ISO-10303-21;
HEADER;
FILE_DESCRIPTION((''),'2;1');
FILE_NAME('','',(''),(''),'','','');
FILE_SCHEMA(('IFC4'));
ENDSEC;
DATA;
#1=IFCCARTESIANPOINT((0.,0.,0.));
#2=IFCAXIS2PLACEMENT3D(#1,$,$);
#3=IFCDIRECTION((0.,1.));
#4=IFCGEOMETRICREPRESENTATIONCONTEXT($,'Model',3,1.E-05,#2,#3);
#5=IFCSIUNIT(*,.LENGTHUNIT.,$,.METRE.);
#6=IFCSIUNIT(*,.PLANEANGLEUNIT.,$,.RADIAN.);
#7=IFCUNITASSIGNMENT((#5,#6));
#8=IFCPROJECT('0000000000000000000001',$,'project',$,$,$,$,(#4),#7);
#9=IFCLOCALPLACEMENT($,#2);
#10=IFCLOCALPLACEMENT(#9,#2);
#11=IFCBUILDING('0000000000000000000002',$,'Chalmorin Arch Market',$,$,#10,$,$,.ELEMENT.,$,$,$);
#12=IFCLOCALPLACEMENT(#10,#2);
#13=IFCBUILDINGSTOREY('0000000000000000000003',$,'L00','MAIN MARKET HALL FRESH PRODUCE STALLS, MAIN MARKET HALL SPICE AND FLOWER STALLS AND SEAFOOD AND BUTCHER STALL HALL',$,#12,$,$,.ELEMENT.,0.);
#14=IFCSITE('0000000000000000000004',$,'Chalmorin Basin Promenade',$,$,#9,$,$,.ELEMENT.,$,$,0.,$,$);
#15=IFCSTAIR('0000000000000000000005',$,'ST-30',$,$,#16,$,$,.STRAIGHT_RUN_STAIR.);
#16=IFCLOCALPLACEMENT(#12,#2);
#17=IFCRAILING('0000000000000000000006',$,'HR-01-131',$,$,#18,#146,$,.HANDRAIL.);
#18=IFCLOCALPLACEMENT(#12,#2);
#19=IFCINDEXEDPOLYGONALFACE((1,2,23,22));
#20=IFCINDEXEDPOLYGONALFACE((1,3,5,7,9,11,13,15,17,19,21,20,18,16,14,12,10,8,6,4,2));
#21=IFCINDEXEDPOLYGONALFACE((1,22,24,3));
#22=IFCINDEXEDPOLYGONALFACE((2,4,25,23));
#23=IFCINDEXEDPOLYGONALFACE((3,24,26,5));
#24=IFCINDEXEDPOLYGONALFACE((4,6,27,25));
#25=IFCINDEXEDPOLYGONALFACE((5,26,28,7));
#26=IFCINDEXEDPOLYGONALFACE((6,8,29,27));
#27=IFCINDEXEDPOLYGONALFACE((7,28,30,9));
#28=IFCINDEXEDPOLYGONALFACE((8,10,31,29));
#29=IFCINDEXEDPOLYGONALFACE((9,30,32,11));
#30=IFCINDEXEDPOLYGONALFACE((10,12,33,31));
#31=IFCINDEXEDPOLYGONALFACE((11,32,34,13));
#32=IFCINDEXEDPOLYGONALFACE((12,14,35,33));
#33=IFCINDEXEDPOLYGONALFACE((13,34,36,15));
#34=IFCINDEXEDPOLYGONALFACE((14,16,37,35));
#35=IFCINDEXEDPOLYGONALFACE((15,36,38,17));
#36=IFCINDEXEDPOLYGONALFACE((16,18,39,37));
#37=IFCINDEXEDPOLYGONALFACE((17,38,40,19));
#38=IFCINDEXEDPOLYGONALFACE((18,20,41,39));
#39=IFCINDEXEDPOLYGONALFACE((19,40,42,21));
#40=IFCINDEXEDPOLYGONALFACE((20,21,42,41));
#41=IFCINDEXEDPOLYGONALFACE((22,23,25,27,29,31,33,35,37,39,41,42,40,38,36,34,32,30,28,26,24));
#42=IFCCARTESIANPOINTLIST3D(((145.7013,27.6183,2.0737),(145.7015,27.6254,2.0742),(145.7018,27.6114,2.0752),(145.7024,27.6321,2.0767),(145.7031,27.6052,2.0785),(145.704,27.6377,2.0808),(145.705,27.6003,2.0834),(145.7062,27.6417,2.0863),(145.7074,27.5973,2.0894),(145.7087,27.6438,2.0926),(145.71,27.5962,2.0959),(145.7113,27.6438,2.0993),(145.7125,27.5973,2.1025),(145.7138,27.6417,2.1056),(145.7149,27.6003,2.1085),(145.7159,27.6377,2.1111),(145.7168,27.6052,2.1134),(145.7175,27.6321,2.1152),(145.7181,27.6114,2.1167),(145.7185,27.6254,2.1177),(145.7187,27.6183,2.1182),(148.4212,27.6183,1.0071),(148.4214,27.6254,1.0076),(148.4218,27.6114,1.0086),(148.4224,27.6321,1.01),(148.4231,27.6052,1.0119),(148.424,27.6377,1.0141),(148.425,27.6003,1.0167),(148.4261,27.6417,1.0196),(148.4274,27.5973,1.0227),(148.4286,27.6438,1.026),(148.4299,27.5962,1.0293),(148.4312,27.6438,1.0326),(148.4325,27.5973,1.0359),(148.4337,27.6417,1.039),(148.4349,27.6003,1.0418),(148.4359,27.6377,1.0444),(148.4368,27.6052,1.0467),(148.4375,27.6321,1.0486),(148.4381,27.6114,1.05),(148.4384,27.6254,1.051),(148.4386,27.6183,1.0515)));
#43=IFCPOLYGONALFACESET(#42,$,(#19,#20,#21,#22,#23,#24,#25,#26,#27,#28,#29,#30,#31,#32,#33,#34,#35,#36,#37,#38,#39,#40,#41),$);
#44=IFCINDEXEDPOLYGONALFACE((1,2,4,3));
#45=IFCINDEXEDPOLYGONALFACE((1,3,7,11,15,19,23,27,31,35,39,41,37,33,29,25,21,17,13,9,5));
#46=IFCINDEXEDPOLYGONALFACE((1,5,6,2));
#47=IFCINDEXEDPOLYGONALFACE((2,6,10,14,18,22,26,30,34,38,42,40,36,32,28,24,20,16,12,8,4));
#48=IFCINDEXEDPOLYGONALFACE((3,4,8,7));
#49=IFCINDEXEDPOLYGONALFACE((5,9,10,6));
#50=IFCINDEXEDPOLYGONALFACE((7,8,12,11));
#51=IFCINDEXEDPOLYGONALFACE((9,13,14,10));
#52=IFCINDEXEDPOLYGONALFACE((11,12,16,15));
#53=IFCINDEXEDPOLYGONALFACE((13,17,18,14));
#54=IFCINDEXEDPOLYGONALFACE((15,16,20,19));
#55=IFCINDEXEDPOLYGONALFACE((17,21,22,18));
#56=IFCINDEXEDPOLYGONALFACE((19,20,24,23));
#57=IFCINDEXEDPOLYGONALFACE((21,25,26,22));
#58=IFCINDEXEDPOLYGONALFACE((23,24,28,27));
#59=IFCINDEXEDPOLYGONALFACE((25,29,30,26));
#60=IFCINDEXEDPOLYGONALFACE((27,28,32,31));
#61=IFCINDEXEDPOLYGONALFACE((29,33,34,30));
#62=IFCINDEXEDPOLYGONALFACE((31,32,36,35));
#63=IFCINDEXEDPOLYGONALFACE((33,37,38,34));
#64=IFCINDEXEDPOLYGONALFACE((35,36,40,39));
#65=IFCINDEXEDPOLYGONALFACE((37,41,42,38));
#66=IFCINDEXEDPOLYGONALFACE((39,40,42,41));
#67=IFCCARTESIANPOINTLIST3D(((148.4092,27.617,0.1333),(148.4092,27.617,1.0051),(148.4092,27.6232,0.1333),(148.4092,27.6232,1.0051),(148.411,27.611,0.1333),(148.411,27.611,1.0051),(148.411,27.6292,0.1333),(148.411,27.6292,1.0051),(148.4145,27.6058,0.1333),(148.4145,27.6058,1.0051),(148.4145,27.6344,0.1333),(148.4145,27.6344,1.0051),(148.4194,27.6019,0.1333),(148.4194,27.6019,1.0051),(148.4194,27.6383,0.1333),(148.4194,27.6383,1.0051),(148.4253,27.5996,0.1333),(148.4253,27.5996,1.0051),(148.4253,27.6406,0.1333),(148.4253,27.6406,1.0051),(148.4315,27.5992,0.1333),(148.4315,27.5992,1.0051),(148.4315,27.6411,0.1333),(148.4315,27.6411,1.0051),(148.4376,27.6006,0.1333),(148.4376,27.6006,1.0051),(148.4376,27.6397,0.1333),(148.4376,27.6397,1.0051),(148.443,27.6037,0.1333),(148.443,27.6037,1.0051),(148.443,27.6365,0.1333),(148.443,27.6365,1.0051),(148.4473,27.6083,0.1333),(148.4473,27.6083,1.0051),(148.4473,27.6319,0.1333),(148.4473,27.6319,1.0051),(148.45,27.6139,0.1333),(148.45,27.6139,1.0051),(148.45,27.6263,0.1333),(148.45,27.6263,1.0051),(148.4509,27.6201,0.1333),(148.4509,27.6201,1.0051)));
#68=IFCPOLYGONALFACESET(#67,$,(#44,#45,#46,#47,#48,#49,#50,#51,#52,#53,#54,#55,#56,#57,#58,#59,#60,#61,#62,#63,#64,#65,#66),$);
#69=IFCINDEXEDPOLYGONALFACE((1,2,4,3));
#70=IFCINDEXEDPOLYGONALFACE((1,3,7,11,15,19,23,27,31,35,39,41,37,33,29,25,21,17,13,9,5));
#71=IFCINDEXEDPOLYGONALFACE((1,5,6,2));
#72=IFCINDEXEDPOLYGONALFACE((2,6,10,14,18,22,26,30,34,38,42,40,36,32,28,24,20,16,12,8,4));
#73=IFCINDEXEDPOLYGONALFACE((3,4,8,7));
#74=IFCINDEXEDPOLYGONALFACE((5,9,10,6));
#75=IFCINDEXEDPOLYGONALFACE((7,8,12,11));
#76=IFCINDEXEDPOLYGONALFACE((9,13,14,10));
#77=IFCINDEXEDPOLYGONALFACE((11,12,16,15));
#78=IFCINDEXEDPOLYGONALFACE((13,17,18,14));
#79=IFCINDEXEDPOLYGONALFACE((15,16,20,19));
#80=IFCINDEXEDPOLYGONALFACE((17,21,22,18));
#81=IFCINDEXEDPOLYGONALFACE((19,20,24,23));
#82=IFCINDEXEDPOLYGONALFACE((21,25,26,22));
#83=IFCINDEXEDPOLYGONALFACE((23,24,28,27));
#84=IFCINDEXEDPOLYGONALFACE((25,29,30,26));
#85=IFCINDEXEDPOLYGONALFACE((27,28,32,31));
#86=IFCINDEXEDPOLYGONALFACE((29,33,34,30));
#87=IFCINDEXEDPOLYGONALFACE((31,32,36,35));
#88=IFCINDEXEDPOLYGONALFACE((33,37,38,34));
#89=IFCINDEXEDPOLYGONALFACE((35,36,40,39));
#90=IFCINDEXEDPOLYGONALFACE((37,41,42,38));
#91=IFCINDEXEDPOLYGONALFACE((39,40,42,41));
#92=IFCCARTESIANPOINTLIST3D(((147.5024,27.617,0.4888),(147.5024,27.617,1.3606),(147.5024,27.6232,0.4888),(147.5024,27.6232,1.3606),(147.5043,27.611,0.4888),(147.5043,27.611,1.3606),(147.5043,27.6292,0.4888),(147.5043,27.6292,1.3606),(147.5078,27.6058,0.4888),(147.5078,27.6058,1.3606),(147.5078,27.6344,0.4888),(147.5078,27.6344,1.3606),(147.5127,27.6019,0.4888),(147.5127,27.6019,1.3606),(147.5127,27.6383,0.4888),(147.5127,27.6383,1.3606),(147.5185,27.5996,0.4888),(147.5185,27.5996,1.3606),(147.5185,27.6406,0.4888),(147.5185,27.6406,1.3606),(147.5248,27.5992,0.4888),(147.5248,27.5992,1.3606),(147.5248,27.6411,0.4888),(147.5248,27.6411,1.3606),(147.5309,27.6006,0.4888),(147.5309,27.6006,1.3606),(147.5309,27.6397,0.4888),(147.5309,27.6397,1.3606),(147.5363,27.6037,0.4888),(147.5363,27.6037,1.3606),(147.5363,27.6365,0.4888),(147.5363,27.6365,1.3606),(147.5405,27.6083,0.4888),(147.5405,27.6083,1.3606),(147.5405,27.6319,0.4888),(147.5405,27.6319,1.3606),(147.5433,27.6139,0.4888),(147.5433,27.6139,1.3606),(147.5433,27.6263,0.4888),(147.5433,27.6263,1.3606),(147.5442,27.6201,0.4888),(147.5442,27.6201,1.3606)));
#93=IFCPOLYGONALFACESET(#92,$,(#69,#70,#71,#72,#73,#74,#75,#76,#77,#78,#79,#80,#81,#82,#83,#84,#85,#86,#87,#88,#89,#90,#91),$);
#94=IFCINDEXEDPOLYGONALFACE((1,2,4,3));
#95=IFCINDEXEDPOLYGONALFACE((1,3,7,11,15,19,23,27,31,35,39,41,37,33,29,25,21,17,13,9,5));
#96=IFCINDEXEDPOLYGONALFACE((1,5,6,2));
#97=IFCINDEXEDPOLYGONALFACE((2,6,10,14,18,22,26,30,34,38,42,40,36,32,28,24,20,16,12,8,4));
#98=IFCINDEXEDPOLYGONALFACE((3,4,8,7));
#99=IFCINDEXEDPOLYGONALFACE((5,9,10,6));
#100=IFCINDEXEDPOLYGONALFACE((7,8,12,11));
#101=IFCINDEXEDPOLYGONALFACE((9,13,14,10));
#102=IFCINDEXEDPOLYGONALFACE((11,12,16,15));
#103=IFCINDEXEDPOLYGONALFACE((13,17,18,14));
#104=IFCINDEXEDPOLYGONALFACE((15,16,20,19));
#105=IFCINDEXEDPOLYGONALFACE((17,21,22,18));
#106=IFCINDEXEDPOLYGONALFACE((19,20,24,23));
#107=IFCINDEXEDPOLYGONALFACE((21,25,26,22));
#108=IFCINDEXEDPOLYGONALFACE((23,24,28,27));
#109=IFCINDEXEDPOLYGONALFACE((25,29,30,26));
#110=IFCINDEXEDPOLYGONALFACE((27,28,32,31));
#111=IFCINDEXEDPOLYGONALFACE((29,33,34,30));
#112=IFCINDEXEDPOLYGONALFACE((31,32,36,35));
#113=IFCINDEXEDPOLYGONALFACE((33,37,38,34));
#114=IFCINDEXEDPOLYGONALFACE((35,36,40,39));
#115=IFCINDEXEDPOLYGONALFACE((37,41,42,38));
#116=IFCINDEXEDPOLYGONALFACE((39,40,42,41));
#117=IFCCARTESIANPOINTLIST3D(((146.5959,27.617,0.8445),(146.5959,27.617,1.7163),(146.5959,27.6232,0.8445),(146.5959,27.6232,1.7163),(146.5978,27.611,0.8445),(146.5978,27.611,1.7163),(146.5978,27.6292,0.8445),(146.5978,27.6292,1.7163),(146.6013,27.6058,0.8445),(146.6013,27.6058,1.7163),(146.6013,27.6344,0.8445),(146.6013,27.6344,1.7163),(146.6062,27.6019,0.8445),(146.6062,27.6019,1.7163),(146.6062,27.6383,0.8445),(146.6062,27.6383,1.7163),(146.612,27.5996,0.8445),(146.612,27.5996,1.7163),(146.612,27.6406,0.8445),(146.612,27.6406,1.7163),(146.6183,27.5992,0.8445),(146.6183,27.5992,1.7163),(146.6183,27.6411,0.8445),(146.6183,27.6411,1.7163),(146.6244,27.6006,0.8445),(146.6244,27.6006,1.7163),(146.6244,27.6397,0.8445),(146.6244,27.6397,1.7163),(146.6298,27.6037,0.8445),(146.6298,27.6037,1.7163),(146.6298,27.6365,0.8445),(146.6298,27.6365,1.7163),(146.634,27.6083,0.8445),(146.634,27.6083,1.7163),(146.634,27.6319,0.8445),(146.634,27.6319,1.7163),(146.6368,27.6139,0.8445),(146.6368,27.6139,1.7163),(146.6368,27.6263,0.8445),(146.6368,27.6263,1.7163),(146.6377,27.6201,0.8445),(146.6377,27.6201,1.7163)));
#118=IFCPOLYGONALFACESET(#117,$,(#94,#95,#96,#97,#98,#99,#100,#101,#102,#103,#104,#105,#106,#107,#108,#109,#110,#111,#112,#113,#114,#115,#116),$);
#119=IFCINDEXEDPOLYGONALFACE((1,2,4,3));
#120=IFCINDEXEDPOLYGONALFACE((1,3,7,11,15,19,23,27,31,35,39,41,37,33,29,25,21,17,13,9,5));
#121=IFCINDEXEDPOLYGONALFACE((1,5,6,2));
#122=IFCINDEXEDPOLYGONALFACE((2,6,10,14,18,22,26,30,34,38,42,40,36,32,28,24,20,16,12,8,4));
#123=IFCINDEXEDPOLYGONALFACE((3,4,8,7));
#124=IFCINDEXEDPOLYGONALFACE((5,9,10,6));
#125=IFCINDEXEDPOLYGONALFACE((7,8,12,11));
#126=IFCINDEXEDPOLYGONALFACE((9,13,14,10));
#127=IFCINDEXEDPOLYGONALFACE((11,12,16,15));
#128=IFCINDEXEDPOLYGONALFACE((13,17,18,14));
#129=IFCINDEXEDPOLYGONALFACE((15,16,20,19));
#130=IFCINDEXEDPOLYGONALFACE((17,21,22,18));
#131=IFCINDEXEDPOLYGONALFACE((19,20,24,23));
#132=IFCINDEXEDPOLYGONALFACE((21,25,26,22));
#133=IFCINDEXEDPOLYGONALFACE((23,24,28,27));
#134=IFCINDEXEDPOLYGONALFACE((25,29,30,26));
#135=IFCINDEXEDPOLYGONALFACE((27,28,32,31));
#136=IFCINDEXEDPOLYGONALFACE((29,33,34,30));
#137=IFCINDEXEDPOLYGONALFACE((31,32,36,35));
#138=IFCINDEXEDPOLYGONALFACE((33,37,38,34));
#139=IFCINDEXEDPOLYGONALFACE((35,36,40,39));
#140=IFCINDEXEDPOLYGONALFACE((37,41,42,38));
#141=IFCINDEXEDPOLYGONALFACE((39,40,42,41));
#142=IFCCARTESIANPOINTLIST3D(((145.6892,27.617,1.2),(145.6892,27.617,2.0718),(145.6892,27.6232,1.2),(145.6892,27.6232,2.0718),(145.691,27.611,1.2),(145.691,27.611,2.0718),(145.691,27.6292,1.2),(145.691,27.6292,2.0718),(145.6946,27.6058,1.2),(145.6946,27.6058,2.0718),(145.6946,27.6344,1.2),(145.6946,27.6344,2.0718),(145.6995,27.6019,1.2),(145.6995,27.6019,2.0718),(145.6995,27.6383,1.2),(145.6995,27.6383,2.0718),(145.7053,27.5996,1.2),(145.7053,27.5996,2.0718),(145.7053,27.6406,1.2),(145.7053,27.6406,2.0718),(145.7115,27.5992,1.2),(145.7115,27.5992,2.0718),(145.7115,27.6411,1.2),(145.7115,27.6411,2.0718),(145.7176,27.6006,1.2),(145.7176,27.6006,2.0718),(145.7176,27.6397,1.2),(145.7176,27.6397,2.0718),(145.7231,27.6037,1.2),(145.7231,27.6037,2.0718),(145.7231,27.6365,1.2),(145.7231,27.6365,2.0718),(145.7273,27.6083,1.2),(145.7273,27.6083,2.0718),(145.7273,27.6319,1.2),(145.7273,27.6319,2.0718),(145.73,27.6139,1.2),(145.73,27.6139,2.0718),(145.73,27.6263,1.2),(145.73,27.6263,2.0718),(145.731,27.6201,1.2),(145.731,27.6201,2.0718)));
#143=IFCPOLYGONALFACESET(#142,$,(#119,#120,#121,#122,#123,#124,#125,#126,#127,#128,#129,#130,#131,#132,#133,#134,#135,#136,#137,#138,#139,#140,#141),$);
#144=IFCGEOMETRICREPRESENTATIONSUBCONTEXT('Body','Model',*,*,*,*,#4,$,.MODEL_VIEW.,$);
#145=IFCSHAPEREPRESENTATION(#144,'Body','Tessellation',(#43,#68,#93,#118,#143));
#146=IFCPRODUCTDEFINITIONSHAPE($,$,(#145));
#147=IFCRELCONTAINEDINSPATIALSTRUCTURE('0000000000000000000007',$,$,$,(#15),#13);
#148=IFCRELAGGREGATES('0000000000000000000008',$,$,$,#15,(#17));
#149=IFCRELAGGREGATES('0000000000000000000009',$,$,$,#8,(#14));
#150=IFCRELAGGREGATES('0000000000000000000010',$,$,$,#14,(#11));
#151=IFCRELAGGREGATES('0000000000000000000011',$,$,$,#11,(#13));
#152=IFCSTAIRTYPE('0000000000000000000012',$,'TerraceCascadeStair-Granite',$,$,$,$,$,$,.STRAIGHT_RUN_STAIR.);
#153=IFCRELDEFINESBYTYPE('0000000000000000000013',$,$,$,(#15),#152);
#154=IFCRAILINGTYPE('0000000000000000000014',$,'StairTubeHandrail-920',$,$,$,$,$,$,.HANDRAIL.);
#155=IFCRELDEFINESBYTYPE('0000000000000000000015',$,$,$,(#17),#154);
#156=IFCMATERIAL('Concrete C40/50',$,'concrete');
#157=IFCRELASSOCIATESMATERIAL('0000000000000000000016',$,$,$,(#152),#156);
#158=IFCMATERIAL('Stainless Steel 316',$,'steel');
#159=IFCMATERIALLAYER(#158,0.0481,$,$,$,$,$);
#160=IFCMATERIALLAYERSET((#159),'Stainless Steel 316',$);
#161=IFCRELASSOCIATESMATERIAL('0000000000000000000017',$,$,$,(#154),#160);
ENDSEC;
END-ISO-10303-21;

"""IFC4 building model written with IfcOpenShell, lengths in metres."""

from ifc_helpers import new_model, si_unit, direction, frame, origin, origin_2d, place, context, subcontext, project, spatial, circle, extrude, material, layer, layer_set, type_object, element, aggregate, save


model = new_model("IFC4")

# Units and contexts
model_context = context("Model", 3, precision=1e-05, world=origin(), true_north=direction((0.0, 1.0)))
body_context = subcontext(model_context, "Body", "Model", "MODEL_VIEW")
ifc_project = project(units=[si_unit("LENGTHUNIT", "METRE"), si_unit("PLANEANGLEUNIT", "RADIAN")], contexts=[model_context])

# Site, building, storey
site_placement = place(None, origin())
site = spatial("IfcSite", under=ifc_project, at=site_placement, Name="Chalmorin Basin Promenade", CompositionType="ELEMENT", RefElevation=0.0)
building_placement = place(site_placement, origin())
building = spatial("IfcBuilding", under=site, at=building_placement, Name="Chalmorin Arch Market", CompositionType="ELEMENT")
storey_placement = place(building_placement, origin())
storey = spatial("IfcBuildingStorey", under=building, at=storey_placement, Name="L00", Description="MAIN MARKET HALL FRESH PRODUCE STALLS, MAIN MARKET HALL SPICE AND FLOWER STALLS AND SEAFOOD AND BUTCHER STALL HALL", CompositionType="ELEMENT", Elevation=0.0)

# Shared definitions
ifc_material_1 = material(Name="Concrete C40/50", Category="concrete")

# Stair
stair_type = type_object("IfcStairType", Name="TerraceCascadeStair-Granite", PredefinedType="STRAIGHT_RUN_STAIR", material=ifc_material_1)
stair_1_placement = place(storey_placement, origin())
stair_1 = element("IfcStair", 1, at=stair_1_placement, inside=storey, type_object=stair_type, Name="ST-30", PredefinedType="STRAIGHT_RUN_STAIR")

# Railing
ifc_material_2 = material(Name="Stainless Steel 316", Category="steel")
ifc_layer_1 = layer(ifc_material_2, 0.0481)
ifc_layer_set_1 = layer_set([ifc_layer_1], Name="Stainless Steel 316")
railing_type_1 = type_object("IfcRailingType", Name="StairTubeHandrail-920", PredefinedType="HANDRAIL", material=ifc_layer_set_1)
railing_1_placement = place(storey_placement, frame((148.4299, 27.6201, 0.1333)))
railing_1 = element("IfcRailing", 2, at=railing_1_placement, type_object=railing_type_1, Name="HR-01-131", PredefinedType="HANDRAIL", context=body_context, shape_type="SweptSolid", body=[
    extrude(circle(Radius=0.0239, at=origin_2d()), frame((0.0, 0.0, 0.896), z_axis=(-0.930974, 0.0, 0.365086), x_axis=(0.0, -1.0, 0.0)), (0.0, 0.0, 1.0), 2.9216),
    extrude(circle(Radius=0.021, at=origin_2d()), origin(), (0.0, 0.0, 1.0), 0.8718),
    extrude(circle(Radius=0.021, at=origin_2d()), frame((-0.9067, 0.0, 0.3555)), (0.0, 0.0, 1.0), 0.8718),
    extrude(circle(Radius=0.021, at=origin_2d()), frame((-1.8132, 0.0, 0.7112)), (0.0, 0.0, 1.0), 0.8718),
    extrude(circle(Radius=0.021, at=origin_2d()), frame((-2.72, 0.0, 1.0667)), (0.0, 0.0, 1.0), 0.8718),
])
aggregate(stair_1, [railing_1])

save(model, "model.ifc")
